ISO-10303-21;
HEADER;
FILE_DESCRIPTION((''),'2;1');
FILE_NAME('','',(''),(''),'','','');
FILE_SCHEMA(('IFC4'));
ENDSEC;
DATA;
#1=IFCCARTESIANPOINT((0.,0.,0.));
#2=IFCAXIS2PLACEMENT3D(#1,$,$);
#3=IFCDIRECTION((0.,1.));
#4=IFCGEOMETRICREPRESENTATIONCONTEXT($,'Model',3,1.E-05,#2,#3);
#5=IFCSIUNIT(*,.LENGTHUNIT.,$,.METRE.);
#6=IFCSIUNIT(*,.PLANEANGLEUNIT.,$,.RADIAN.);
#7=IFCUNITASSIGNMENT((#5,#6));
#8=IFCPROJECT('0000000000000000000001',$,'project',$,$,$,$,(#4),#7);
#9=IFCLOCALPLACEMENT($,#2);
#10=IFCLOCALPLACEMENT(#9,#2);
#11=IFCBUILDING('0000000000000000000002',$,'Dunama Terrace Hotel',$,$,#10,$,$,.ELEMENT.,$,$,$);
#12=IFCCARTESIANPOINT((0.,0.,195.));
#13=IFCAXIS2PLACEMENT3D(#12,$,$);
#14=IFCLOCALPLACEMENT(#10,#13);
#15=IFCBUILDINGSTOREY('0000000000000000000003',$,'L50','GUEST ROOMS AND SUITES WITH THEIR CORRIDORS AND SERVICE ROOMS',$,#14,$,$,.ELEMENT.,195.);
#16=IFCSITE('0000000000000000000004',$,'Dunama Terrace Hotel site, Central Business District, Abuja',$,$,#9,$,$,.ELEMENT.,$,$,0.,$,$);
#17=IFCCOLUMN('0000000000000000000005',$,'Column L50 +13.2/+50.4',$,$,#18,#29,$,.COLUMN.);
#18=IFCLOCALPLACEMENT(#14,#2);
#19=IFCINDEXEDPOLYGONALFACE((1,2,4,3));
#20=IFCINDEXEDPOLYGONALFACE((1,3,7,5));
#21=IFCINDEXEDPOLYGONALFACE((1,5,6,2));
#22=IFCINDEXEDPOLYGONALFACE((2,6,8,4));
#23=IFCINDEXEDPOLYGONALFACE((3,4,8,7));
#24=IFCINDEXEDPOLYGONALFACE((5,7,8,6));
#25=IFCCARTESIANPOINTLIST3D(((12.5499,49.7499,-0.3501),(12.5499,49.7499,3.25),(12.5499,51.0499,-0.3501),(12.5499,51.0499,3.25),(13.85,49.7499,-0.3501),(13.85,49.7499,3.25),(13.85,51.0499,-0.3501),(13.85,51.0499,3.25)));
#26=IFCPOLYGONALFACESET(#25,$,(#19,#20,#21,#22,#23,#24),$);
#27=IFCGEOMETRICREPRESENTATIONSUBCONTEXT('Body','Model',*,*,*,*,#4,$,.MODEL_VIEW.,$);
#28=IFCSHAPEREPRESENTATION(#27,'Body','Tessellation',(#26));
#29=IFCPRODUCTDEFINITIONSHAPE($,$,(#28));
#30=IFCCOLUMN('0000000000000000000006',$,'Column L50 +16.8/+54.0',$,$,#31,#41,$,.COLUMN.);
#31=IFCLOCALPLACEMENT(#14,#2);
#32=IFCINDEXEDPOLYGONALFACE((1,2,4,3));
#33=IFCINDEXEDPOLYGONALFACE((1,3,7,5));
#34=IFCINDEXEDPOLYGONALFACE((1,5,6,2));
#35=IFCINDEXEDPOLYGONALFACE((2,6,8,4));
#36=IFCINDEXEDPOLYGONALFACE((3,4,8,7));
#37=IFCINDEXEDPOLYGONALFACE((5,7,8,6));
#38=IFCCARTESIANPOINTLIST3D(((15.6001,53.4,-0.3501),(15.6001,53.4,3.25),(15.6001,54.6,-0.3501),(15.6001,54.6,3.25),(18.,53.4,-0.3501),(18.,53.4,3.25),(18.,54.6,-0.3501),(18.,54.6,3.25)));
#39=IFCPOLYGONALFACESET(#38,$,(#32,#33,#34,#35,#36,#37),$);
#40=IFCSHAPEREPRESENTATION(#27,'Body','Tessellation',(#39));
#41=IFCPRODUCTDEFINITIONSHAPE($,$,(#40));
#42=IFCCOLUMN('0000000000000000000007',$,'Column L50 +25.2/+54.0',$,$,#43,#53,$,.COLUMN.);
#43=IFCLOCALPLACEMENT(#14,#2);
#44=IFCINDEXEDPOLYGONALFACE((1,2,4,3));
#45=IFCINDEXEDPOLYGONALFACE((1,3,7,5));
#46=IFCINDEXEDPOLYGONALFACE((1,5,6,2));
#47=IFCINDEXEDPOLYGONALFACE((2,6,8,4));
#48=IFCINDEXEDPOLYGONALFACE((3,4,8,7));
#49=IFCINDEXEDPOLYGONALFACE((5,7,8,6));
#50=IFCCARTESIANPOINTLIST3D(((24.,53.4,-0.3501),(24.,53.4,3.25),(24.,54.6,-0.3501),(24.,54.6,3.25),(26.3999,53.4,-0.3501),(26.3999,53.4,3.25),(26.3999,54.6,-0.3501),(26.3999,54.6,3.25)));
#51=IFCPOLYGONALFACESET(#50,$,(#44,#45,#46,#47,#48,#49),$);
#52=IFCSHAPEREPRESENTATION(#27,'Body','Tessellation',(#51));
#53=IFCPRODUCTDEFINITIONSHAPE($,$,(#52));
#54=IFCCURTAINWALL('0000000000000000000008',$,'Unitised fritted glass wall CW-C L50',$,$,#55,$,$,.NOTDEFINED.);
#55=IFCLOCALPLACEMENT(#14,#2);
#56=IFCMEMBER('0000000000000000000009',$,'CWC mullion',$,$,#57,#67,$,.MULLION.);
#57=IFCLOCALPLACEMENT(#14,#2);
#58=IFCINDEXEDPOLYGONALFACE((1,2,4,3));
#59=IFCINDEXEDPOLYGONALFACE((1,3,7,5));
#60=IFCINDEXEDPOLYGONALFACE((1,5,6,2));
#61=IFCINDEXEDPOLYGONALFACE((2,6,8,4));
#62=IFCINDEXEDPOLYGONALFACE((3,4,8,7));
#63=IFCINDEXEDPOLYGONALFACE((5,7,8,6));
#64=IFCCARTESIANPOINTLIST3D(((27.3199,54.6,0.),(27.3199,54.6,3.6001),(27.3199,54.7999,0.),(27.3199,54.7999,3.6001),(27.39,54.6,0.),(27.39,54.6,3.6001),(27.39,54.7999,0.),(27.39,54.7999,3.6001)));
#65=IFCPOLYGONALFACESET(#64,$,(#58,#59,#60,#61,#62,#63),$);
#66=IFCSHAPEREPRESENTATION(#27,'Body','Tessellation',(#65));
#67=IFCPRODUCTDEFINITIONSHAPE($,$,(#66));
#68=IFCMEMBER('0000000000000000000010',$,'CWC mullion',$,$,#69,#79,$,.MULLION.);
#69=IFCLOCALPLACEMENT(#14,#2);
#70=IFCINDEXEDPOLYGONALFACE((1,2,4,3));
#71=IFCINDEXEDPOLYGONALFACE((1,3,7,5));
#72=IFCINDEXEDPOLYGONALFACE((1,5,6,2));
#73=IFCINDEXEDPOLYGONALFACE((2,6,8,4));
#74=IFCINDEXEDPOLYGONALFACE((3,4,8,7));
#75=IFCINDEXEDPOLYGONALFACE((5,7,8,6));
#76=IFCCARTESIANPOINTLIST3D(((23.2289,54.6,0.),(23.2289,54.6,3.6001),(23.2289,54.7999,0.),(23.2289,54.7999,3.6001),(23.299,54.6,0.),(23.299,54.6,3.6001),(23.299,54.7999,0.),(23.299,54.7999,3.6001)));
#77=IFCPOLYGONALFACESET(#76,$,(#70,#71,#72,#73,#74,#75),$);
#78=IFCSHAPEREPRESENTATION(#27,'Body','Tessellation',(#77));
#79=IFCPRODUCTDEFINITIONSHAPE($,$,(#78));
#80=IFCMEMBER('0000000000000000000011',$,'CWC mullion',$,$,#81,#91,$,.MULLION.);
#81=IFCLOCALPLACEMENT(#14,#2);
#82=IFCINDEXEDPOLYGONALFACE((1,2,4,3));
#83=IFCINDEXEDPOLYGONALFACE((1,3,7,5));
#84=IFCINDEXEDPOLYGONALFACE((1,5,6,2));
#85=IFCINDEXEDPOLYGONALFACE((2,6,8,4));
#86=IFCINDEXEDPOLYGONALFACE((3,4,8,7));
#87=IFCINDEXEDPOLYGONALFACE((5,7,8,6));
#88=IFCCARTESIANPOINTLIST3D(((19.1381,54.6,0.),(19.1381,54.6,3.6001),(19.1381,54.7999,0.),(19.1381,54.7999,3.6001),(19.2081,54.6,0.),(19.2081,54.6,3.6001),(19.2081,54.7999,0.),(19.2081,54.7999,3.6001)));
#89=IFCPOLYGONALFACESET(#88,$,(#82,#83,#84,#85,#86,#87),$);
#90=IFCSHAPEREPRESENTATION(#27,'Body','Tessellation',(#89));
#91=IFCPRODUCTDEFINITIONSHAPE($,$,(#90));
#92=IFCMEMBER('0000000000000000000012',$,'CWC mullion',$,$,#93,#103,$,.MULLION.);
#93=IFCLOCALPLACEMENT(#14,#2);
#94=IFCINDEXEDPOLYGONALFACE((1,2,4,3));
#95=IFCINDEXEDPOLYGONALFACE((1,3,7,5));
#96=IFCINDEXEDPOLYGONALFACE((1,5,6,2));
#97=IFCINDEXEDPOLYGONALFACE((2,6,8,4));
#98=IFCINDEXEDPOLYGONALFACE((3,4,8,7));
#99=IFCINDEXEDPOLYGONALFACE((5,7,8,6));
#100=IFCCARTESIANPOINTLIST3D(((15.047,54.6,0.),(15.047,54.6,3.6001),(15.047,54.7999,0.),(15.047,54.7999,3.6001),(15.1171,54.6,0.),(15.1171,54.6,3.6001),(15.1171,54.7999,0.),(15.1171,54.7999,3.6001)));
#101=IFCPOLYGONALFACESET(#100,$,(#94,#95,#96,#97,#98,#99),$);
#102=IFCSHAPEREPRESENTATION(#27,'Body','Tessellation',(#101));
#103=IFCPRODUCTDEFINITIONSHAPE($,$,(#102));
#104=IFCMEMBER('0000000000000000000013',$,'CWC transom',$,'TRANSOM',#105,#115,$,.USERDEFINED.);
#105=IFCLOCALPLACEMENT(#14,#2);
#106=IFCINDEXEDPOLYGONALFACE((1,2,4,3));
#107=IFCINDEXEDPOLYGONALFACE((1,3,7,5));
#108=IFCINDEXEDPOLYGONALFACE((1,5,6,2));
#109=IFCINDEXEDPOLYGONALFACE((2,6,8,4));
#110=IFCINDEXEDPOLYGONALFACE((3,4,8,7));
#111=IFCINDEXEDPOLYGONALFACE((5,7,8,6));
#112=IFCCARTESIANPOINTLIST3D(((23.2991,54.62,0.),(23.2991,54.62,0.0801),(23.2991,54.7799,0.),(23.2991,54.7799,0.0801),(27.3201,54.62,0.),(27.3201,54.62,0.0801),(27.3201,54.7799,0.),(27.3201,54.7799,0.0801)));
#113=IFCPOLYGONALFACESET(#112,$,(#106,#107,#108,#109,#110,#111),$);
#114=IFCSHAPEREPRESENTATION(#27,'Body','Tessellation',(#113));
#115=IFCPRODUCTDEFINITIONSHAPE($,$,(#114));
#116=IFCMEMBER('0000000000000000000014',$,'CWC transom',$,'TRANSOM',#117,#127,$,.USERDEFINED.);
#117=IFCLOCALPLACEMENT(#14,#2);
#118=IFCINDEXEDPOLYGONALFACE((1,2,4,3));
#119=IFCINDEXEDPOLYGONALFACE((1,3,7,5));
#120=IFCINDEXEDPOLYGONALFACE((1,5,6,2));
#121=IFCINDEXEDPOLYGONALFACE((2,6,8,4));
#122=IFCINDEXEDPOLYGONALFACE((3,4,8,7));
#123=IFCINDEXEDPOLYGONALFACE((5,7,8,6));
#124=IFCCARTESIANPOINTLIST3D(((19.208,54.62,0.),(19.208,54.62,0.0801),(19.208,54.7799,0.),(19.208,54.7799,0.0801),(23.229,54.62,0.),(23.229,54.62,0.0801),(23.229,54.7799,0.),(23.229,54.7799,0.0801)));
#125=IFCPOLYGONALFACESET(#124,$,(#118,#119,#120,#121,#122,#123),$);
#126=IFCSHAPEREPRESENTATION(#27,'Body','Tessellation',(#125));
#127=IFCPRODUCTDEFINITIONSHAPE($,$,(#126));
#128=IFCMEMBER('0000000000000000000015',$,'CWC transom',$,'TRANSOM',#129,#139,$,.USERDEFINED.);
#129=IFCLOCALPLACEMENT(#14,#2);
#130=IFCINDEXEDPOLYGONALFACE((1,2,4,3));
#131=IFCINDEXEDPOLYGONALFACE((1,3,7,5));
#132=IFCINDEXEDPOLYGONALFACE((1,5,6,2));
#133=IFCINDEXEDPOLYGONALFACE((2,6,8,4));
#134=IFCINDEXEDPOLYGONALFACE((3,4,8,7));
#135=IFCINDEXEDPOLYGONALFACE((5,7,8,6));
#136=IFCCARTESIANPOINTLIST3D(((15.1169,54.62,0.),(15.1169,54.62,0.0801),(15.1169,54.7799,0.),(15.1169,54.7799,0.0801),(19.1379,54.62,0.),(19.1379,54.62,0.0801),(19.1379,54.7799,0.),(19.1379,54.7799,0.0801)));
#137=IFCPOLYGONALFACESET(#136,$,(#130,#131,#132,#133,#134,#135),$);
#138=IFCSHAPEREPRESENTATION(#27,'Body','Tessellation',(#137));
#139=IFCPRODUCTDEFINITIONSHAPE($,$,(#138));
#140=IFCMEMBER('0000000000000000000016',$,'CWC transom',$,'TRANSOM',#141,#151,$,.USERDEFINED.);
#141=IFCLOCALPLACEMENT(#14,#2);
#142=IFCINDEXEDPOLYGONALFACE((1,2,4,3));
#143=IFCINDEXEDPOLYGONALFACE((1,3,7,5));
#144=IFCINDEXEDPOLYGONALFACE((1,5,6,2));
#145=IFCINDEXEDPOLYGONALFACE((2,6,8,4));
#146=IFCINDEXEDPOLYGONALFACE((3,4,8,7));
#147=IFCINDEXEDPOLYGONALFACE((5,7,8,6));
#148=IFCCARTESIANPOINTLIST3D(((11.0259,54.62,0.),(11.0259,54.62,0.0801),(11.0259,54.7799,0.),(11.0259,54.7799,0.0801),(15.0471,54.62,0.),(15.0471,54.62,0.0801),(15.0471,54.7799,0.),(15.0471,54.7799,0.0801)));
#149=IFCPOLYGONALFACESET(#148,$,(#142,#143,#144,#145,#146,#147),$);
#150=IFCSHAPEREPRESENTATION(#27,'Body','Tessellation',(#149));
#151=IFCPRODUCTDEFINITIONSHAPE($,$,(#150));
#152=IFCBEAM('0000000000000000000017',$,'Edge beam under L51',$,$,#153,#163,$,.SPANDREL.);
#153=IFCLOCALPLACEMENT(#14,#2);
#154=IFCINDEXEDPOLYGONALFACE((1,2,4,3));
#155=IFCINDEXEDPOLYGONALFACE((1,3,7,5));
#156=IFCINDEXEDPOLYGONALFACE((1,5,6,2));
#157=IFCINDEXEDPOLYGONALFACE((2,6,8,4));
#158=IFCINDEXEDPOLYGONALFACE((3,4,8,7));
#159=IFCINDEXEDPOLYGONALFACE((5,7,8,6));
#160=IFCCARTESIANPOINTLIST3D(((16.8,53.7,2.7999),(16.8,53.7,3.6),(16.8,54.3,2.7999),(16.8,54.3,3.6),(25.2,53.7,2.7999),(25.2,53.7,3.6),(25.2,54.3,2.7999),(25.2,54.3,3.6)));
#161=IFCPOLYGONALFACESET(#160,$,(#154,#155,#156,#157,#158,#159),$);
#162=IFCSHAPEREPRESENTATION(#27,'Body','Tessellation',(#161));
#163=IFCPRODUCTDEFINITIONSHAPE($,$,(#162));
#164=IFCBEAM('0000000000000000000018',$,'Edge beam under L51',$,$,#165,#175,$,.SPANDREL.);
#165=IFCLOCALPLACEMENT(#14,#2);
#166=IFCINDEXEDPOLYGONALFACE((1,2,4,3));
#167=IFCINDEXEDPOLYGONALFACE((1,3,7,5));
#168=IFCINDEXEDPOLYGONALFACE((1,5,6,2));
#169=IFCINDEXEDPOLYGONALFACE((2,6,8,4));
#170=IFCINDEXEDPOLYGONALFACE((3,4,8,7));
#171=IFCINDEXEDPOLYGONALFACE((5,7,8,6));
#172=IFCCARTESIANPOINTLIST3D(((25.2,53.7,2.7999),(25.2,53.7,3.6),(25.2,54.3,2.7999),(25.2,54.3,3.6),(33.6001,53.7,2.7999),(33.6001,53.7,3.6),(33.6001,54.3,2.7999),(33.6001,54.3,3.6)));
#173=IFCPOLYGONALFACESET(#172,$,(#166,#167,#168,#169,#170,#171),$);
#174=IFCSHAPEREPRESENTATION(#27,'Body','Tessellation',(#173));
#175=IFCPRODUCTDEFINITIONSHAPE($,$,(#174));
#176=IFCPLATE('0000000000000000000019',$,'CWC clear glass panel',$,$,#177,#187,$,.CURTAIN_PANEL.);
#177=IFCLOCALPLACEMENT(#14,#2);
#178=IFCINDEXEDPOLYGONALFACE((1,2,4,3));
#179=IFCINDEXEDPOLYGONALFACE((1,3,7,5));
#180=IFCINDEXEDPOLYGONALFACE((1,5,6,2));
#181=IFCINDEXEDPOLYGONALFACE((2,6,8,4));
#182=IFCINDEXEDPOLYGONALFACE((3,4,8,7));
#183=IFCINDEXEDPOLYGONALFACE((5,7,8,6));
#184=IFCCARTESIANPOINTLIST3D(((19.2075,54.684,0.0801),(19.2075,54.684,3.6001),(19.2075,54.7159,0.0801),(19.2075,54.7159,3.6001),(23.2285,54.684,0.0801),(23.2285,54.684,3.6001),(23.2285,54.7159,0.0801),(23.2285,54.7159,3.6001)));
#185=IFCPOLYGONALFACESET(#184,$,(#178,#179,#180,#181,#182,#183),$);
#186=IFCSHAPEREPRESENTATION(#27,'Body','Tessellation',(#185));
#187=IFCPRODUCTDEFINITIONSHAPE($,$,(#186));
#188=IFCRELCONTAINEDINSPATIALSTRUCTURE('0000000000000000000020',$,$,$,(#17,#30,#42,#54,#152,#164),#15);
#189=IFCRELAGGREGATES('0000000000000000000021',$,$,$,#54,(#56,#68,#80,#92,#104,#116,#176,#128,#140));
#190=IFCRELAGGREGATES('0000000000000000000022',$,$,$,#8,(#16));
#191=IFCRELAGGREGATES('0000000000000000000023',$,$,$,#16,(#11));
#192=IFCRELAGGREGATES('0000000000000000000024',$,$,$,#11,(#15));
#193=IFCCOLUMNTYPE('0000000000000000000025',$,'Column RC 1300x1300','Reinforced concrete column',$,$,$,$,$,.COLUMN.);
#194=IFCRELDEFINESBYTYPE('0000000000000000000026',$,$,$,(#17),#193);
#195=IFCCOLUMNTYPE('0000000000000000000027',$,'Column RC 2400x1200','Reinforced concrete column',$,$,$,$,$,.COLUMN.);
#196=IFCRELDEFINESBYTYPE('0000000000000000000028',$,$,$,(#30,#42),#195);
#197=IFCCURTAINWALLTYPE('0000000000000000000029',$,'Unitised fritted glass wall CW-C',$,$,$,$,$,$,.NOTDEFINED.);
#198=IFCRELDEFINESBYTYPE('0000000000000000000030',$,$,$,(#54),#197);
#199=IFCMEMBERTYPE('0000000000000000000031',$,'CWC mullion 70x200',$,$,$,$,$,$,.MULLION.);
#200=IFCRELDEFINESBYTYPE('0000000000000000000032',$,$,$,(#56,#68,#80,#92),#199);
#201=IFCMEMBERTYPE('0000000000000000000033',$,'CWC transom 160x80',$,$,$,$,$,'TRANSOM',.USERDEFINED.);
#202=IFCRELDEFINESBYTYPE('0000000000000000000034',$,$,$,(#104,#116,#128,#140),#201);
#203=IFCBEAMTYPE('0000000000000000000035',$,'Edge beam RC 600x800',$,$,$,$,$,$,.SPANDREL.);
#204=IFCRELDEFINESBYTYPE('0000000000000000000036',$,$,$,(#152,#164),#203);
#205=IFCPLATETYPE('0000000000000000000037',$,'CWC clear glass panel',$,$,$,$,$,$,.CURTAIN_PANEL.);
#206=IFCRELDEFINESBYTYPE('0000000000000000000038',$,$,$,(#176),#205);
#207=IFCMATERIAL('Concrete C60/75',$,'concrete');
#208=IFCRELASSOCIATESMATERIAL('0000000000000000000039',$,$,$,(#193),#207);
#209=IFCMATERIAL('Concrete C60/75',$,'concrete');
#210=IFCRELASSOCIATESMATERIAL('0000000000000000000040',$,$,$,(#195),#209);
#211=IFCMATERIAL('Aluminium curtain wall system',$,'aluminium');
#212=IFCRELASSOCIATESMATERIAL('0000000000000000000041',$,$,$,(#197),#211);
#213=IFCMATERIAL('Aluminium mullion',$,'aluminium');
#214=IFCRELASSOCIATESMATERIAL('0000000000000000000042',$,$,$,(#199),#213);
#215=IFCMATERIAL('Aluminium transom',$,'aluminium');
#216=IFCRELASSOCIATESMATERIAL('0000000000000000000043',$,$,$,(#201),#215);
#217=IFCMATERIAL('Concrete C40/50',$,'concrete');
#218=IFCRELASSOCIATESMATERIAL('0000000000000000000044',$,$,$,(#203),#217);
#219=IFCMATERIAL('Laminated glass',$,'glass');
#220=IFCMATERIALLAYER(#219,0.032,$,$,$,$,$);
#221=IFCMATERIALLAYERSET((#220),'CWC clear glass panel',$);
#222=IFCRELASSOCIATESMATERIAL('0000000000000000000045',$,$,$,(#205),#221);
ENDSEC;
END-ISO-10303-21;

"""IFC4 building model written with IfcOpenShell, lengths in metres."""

from ifc_helpers import new_model, si_unit, direction, frame, origin, origin_2d, place, context, subcontext, project, spatial, rectangle, extrude, material, layer, layer_set, material_profile, profile_set, type_object, element, aggregate, save


model = new_model("IFC4")

# Units and contexts
model_context = context("Model", 3, precision=1e-05, world=origin(), true_north=direction((0.0, 1.0)))
body_context = subcontext(model_context, "Body", "Model", "MODEL_VIEW")
ifc_project = project(units=[si_unit("LENGTHUNIT", "METRE"), si_unit("PLANEANGLEUNIT", "RADIAN")], contexts=[model_context])

# Site, building, storey
site_placement = place(None, origin())
site = spatial("IfcSite", under=ifc_project, at=site_placement, Name="Dunama Terrace Hotel site, Central Business District, Abuja", CompositionType="ELEMENT", RefElevation=0.0)
building_placement = place(site_placement, origin())
building = spatial("IfcBuilding", under=site, at=building_placement, Name="Dunama Terrace Hotel", CompositionType="ELEMENT")
storey_placement = place(building_placement, frame((0.0, 0.0, 195.0)))
storey = spatial("IfcBuildingStorey", under=building, at=storey_placement, Name="L50", Description="GUEST ROOMS AND SUITES WITH THEIR CORRIDORS AND SERVICE ROOMS", CompositionType="ELEMENT", Elevation=195.0)

# Columns
ifc_material_1 = material(Name="Concrete C60/75", Category="concrete")
ifc_material_profile_1 = material_profile(ifc_material_1, rectangle(XDim=1.3, YDim=1.3, at=origin_2d()), Name="RC 1300x1300")
ifc_profile_set_1 = profile_set([ifc_material_profile_1], Name="Concrete C60/75")
column_type_1 = type_object("IfcColumnType", Name="Column RC 1300x1300", Description="Reinforced concrete column", PredefinedType="COLUMN", material=ifc_profile_set_1)
column_placement = place(storey_placement, frame((13.2, 50.3999, -0.3501), z_axis=(0.0, 0.0, 1.0), x_axis=(1.0, 0.0, 0.0)))
element("IfcColumn", 1, at=column_placement, inside=storey, type_object=column_type_1, Name="Column L50 +13.2/+50.4", PredefinedType="COLUMN", context=body_context, shape_type="SweptSolid", body=[
    extrude(rectangle(XDim=1.3, YDim=1.3, at=origin_2d()), origin(), (0.0, 0.0, 1.0), 3.6001),
])
ifc_material_2 = material(Name="Concrete C60/75", Category="concrete")
ifc_material_profile_2 = material_profile(ifc_material_2, rectangle(XDim=2.3999, YDim=1.2, at=origin_2d()), Name="RC 2400x1200")
ifc_profile_set_2 = profile_set([ifc_material_profile_2], Name="Concrete C60/75")
column_type_2 = type_object("IfcColumnType", Name="Column RC 2400x1200", Description="Reinforced concrete column", PredefinedType="COLUMN", material=ifc_profile_set_2)
for number, where, z_axis, x_axis, name in (
    (2, (16.8, 54.0, -0.3501), (0.0, 0.0, 1.0), (1.0, 0.0, 0.0), "Column L50 +16.8/+54.0"),
    (3, (25.2, 54.0, -0.3501), (0.0, 0.0, 1.0), (1.0, 0.0, 0.0), "Column L50 +25.2/+54.0"),
):
    element("IfcColumn", number, at=place(storey_placement, frame(where, z_axis=z_axis, x_axis=x_axis)), inside=storey, type_object=column_type_2, Name=name, PredefinedType="COLUMN", context=body_context, shape_type="SweptSolid", body=[
        extrude(rectangle(XDim=2.3999, YDim=1.2, at=origin_2d()), origin(), (0.0, 0.0, 1.0), 3.6001),
    ])

# Curtain wall, members
ifc_material_3 = material(Name="Aluminium curtain wall system", Category="aluminium")
curtain_wall_type = type_object("IfcCurtainWallType", Name="Unitised fritted glass wall CW-C", PredefinedType="NOTDEFINED", material=ifc_material_3)
curtain_wall_placement = place(storey_placement, origin())
curtain_wall = element("IfcCurtainWall", 4, at=curtain_wall_placement, inside=storey, type_object=curtain_wall_type, Name="Unitised fritted glass wall CW-C L50", PredefinedType="NOTDEFINED")
ifc_material_4 = material(Name="Aluminium mullion", Category="aluminium")
ifc_material_profile_3 = material_profile(ifc_material_4, rectangle(XDim=0.0701, YDim=0.2, at=origin_2d()), Name="CWC MULLION 70X200")
ifc_profile_set_3 = profile_set([ifc_material_profile_3], Name="Aluminium mullion")
member_type_1 = type_object("IfcMemberType", Name="CWC mullion 70x200", PredefinedType="MULLION", material=ifc_profile_set_3)
member_1_placement = place(storey_placement, frame((27.355, 54.7, 0.0), z_axis=(0.0, 0.0, 1.0), x_axis=(-1.0, 0.0, 0.0)))
member_1 = element("IfcMember", 5, at=member_1_placement, type_object=member_type_1, Name="CWC mullion", PredefinedType="MULLION", context=body_context, shape_type="SweptSolid", body=[
    extrude(rectangle(XDim=0.0701, YDim=0.2, at=origin_2d()), origin(), (0.0, 0.0, 1.0), 3.6001),
])
member_2_placement = place(storey_placement, frame((23.2639, 54.7, 0.0), z_axis=(0.0, 0.0, 1.0), x_axis=(-1.0, 0.0, 0.0)))
member_2 = element("IfcMember", 6, at=member_2_placement, type_object=member_type_1, Name="CWC mullion", PredefinedType="MULLION", context=body_context, shape_type="SweptSolid", body=[
    extrude(rectangle(XDim=0.0701, YDim=0.2, at=origin_2d()), origin(), (0.0, 0.0, 1.0), 3.6001),
])
member_3_placement = place(storey_placement, frame((19.1731, 54.7, 0.0), z_axis=(0.0, 0.0, 1.0), x_axis=(-1.0, 0.0, 0.0)))
member_3 = element("IfcMember", 7, at=member_3_placement, type_object=member_type_1, Name="CWC mullion", PredefinedType="MULLION", context=body_context, shape_type="SweptSolid", body=[
    extrude(rectangle(XDim=0.0701, YDim=0.2, at=origin_2d()), origin(), (0.0, 0.0, 1.0), 3.6001),
])
member_4_placement = place(storey_placement, frame((15.082, 54.7, 0.0), z_axis=(0.0, 0.0, 1.0), x_axis=(-1.0, 0.0, 0.0)))
member_4 = element("IfcMember", 8, at=member_4_placement, type_object=member_type_1, Name="CWC mullion", PredefinedType="MULLION", context=body_context, shape_type="SweptSolid", body=[
    extrude(rectangle(XDim=0.0701, YDim=0.2, at=origin_2d()), origin(), (0.0, 0.0, 1.0), 3.6001),
])
ifc_material_5 = material(Name="Aluminium transom", Category="aluminium")
ifc_material_profile_4 = material_profile(ifc_material_5, rectangle(XDim=0.1599, YDim=0.0801, at=origin_2d()), Name="CWC TRANSOM 160X80")
ifc_profile_set_4 = profile_set([ifc_material_profile_4], Name="Aluminium transom")
member_type_2 = type_object("IfcMemberType", Name="CWC transom 160x80", ElementType="TRANSOM", PredefinedType="USERDEFINED", material=ifc_profile_set_4)
member_5_placement = place(storey_placement, frame((27.3201, 54.7, 0.04), z_axis=(-1.0, 0.0, 0.0), x_axis=(0.0, -1.0, 0.0)))
member_5 = element("IfcMember", 9, at=member_5_placement, type_object=member_type_2, Name="CWC transom", ObjectType="TRANSOM", PredefinedType="USERDEFINED", context=body_context, shape_type="SweptSolid", body=[
    extrude(rectangle(XDim=0.1599, YDim=0.0801, at=origin_2d()), origin(), (0.0, 0.0, 1.0), 4.021),
])
member_6_placement = place(storey_placement, frame((23.229, 54.7, 0.04), z_axis=(-1.0, 0.0, 0.0), x_axis=(0.0, -1.0, 0.0)))
member_6 = element("IfcMember", 10, at=member_6_placement, type_object=member_type_2, Name="CWC transom", ObjectType="TRANSOM", PredefinedType="USERDEFINED", context=body_context, shape_type="SweptSolid", body=[
    extrude(rectangle(XDim=0.1599, YDim=0.0801, at=origin_2d()), origin(), (0.0, 0.0, 1.0), 4.021),
])
member_7_placement = place(storey_placement, frame((19.1379, 54.7, 0.04), z_axis=(-1.0, 0.0, 0.0), x_axis=(0.0, -1.0, 0.0)))
member_7 = element("IfcMember", 11, at=member_7_placement, type_object=member_type_2, Name="CWC transom", ObjectType="TRANSOM", PredefinedType="USERDEFINED", context=body_context, shape_type="SweptSolid", body=[
    extrude(rectangle(XDim=0.1599, YDim=0.0801, at=origin_2d()), origin(), (0.0, 0.0, 1.0), 4.021),
])
member_8_placement = place(storey_placement, frame((15.0471, 54.7, 0.04), z_axis=(-1.0, 0.0, 0.0), x_axis=(0.0, -1.0, 0.0)))
member_8 = element("IfcMember", 12, at=member_8_placement, type_object=member_type_2, Name="CWC transom", ObjectType="TRANSOM", PredefinedType="USERDEFINED", context=body_context, shape_type="SweptSolid", body=[
    extrude(rectangle(XDim=0.1599, YDim=0.0801, at=origin_2d()), origin(), (0.0, 0.0, 1.0), 4.0212),
])

# Beams
ifc_material_6 = material(Name="Concrete C40/50", Category="concrete")
ifc_material_profile_5 = material_profile(ifc_material_6, rectangle(XDim=0.6001, YDim=0.8, at=origin_2d()), Name="RC 600x800")
ifc_profile_set_5 = profile_set([ifc_material_profile_5], Name="Concrete C40/50")
beam_type = type_object("IfcBeamType", Name="Edge beam RC 600x800", PredefinedType="SPANDREL", material=ifc_profile_set_5)
beam_1_placement = place(storey_placement, frame((16.8, 54.0, 3.2), z_axis=(1.0, 0.0, 0.0), x_axis=(0.0, 1.0, 0.0)))
element("IfcBeam", 13, at=beam_1_placement, inside=storey, type_object=beam_type, Name="Edge beam under L51", PredefinedType="SPANDREL", context=body_context, shape_type="SweptSolid", body=[
    extrude(rectangle(XDim=0.6001, YDim=0.8, at=origin_2d()), origin(), (0.0, 0.0, 1.0), 8.3999),
])
beam_2_placement = place(storey_placement, frame((25.2, 54.0, 3.2), z_axis=(1.0, 0.0, 0.0), x_axis=(0.0, 1.0, 0.0)))
element("IfcBeam", 14, at=beam_2_placement, inside=storey, type_object=beam_type, Name="Edge beam under L51", PredefinedType="SPANDREL", context=body_context, shape_type="SweptSolid", body=[
    extrude(rectangle(XDim=0.6001, YDim=0.8, at=origin_2d()), origin(), (0.0, 0.0, 1.0), 8.4001),
])

# Plate
ifc_material_7 = material(Name="Laminated glass", Category="glass")
ifc_layer_1 = layer(ifc_material_7, 0.032)
ifc_layer_set_1 = layer_set([ifc_layer_1], Name="CWC clear glass panel")
plate_type_1 = type_object("IfcPlateType", Name="CWC clear glass panel", PredefinedType="CURTAIN_PANEL", material=ifc_layer_set_1)
plate_1_placement = place(storey_placement, frame((21.218, 54.7, 0.0801), z_axis=(0.0, 0.0, 1.0), x_axis=(-1.0, 0.0, 0.0)))
plate_1 = element("IfcPlate", 15, at=plate_1_placement, type_object=plate_type_1, Name="CWC clear glass panel", PredefinedType="CURTAIN_PANEL", context=body_context, shape_type="SweptSolid", body=[
    extrude(rectangle(XDim=4.021, YDim=0.032, at=origin_2d()), origin(), (0.0, 0.0, 1.0), 3.52),
])
aggregate(curtain_wall, [member_1, member_2, member_3, member_4, member_5, member_6, plate_1, member_7, member_8])

save(model, "model.ifc")
